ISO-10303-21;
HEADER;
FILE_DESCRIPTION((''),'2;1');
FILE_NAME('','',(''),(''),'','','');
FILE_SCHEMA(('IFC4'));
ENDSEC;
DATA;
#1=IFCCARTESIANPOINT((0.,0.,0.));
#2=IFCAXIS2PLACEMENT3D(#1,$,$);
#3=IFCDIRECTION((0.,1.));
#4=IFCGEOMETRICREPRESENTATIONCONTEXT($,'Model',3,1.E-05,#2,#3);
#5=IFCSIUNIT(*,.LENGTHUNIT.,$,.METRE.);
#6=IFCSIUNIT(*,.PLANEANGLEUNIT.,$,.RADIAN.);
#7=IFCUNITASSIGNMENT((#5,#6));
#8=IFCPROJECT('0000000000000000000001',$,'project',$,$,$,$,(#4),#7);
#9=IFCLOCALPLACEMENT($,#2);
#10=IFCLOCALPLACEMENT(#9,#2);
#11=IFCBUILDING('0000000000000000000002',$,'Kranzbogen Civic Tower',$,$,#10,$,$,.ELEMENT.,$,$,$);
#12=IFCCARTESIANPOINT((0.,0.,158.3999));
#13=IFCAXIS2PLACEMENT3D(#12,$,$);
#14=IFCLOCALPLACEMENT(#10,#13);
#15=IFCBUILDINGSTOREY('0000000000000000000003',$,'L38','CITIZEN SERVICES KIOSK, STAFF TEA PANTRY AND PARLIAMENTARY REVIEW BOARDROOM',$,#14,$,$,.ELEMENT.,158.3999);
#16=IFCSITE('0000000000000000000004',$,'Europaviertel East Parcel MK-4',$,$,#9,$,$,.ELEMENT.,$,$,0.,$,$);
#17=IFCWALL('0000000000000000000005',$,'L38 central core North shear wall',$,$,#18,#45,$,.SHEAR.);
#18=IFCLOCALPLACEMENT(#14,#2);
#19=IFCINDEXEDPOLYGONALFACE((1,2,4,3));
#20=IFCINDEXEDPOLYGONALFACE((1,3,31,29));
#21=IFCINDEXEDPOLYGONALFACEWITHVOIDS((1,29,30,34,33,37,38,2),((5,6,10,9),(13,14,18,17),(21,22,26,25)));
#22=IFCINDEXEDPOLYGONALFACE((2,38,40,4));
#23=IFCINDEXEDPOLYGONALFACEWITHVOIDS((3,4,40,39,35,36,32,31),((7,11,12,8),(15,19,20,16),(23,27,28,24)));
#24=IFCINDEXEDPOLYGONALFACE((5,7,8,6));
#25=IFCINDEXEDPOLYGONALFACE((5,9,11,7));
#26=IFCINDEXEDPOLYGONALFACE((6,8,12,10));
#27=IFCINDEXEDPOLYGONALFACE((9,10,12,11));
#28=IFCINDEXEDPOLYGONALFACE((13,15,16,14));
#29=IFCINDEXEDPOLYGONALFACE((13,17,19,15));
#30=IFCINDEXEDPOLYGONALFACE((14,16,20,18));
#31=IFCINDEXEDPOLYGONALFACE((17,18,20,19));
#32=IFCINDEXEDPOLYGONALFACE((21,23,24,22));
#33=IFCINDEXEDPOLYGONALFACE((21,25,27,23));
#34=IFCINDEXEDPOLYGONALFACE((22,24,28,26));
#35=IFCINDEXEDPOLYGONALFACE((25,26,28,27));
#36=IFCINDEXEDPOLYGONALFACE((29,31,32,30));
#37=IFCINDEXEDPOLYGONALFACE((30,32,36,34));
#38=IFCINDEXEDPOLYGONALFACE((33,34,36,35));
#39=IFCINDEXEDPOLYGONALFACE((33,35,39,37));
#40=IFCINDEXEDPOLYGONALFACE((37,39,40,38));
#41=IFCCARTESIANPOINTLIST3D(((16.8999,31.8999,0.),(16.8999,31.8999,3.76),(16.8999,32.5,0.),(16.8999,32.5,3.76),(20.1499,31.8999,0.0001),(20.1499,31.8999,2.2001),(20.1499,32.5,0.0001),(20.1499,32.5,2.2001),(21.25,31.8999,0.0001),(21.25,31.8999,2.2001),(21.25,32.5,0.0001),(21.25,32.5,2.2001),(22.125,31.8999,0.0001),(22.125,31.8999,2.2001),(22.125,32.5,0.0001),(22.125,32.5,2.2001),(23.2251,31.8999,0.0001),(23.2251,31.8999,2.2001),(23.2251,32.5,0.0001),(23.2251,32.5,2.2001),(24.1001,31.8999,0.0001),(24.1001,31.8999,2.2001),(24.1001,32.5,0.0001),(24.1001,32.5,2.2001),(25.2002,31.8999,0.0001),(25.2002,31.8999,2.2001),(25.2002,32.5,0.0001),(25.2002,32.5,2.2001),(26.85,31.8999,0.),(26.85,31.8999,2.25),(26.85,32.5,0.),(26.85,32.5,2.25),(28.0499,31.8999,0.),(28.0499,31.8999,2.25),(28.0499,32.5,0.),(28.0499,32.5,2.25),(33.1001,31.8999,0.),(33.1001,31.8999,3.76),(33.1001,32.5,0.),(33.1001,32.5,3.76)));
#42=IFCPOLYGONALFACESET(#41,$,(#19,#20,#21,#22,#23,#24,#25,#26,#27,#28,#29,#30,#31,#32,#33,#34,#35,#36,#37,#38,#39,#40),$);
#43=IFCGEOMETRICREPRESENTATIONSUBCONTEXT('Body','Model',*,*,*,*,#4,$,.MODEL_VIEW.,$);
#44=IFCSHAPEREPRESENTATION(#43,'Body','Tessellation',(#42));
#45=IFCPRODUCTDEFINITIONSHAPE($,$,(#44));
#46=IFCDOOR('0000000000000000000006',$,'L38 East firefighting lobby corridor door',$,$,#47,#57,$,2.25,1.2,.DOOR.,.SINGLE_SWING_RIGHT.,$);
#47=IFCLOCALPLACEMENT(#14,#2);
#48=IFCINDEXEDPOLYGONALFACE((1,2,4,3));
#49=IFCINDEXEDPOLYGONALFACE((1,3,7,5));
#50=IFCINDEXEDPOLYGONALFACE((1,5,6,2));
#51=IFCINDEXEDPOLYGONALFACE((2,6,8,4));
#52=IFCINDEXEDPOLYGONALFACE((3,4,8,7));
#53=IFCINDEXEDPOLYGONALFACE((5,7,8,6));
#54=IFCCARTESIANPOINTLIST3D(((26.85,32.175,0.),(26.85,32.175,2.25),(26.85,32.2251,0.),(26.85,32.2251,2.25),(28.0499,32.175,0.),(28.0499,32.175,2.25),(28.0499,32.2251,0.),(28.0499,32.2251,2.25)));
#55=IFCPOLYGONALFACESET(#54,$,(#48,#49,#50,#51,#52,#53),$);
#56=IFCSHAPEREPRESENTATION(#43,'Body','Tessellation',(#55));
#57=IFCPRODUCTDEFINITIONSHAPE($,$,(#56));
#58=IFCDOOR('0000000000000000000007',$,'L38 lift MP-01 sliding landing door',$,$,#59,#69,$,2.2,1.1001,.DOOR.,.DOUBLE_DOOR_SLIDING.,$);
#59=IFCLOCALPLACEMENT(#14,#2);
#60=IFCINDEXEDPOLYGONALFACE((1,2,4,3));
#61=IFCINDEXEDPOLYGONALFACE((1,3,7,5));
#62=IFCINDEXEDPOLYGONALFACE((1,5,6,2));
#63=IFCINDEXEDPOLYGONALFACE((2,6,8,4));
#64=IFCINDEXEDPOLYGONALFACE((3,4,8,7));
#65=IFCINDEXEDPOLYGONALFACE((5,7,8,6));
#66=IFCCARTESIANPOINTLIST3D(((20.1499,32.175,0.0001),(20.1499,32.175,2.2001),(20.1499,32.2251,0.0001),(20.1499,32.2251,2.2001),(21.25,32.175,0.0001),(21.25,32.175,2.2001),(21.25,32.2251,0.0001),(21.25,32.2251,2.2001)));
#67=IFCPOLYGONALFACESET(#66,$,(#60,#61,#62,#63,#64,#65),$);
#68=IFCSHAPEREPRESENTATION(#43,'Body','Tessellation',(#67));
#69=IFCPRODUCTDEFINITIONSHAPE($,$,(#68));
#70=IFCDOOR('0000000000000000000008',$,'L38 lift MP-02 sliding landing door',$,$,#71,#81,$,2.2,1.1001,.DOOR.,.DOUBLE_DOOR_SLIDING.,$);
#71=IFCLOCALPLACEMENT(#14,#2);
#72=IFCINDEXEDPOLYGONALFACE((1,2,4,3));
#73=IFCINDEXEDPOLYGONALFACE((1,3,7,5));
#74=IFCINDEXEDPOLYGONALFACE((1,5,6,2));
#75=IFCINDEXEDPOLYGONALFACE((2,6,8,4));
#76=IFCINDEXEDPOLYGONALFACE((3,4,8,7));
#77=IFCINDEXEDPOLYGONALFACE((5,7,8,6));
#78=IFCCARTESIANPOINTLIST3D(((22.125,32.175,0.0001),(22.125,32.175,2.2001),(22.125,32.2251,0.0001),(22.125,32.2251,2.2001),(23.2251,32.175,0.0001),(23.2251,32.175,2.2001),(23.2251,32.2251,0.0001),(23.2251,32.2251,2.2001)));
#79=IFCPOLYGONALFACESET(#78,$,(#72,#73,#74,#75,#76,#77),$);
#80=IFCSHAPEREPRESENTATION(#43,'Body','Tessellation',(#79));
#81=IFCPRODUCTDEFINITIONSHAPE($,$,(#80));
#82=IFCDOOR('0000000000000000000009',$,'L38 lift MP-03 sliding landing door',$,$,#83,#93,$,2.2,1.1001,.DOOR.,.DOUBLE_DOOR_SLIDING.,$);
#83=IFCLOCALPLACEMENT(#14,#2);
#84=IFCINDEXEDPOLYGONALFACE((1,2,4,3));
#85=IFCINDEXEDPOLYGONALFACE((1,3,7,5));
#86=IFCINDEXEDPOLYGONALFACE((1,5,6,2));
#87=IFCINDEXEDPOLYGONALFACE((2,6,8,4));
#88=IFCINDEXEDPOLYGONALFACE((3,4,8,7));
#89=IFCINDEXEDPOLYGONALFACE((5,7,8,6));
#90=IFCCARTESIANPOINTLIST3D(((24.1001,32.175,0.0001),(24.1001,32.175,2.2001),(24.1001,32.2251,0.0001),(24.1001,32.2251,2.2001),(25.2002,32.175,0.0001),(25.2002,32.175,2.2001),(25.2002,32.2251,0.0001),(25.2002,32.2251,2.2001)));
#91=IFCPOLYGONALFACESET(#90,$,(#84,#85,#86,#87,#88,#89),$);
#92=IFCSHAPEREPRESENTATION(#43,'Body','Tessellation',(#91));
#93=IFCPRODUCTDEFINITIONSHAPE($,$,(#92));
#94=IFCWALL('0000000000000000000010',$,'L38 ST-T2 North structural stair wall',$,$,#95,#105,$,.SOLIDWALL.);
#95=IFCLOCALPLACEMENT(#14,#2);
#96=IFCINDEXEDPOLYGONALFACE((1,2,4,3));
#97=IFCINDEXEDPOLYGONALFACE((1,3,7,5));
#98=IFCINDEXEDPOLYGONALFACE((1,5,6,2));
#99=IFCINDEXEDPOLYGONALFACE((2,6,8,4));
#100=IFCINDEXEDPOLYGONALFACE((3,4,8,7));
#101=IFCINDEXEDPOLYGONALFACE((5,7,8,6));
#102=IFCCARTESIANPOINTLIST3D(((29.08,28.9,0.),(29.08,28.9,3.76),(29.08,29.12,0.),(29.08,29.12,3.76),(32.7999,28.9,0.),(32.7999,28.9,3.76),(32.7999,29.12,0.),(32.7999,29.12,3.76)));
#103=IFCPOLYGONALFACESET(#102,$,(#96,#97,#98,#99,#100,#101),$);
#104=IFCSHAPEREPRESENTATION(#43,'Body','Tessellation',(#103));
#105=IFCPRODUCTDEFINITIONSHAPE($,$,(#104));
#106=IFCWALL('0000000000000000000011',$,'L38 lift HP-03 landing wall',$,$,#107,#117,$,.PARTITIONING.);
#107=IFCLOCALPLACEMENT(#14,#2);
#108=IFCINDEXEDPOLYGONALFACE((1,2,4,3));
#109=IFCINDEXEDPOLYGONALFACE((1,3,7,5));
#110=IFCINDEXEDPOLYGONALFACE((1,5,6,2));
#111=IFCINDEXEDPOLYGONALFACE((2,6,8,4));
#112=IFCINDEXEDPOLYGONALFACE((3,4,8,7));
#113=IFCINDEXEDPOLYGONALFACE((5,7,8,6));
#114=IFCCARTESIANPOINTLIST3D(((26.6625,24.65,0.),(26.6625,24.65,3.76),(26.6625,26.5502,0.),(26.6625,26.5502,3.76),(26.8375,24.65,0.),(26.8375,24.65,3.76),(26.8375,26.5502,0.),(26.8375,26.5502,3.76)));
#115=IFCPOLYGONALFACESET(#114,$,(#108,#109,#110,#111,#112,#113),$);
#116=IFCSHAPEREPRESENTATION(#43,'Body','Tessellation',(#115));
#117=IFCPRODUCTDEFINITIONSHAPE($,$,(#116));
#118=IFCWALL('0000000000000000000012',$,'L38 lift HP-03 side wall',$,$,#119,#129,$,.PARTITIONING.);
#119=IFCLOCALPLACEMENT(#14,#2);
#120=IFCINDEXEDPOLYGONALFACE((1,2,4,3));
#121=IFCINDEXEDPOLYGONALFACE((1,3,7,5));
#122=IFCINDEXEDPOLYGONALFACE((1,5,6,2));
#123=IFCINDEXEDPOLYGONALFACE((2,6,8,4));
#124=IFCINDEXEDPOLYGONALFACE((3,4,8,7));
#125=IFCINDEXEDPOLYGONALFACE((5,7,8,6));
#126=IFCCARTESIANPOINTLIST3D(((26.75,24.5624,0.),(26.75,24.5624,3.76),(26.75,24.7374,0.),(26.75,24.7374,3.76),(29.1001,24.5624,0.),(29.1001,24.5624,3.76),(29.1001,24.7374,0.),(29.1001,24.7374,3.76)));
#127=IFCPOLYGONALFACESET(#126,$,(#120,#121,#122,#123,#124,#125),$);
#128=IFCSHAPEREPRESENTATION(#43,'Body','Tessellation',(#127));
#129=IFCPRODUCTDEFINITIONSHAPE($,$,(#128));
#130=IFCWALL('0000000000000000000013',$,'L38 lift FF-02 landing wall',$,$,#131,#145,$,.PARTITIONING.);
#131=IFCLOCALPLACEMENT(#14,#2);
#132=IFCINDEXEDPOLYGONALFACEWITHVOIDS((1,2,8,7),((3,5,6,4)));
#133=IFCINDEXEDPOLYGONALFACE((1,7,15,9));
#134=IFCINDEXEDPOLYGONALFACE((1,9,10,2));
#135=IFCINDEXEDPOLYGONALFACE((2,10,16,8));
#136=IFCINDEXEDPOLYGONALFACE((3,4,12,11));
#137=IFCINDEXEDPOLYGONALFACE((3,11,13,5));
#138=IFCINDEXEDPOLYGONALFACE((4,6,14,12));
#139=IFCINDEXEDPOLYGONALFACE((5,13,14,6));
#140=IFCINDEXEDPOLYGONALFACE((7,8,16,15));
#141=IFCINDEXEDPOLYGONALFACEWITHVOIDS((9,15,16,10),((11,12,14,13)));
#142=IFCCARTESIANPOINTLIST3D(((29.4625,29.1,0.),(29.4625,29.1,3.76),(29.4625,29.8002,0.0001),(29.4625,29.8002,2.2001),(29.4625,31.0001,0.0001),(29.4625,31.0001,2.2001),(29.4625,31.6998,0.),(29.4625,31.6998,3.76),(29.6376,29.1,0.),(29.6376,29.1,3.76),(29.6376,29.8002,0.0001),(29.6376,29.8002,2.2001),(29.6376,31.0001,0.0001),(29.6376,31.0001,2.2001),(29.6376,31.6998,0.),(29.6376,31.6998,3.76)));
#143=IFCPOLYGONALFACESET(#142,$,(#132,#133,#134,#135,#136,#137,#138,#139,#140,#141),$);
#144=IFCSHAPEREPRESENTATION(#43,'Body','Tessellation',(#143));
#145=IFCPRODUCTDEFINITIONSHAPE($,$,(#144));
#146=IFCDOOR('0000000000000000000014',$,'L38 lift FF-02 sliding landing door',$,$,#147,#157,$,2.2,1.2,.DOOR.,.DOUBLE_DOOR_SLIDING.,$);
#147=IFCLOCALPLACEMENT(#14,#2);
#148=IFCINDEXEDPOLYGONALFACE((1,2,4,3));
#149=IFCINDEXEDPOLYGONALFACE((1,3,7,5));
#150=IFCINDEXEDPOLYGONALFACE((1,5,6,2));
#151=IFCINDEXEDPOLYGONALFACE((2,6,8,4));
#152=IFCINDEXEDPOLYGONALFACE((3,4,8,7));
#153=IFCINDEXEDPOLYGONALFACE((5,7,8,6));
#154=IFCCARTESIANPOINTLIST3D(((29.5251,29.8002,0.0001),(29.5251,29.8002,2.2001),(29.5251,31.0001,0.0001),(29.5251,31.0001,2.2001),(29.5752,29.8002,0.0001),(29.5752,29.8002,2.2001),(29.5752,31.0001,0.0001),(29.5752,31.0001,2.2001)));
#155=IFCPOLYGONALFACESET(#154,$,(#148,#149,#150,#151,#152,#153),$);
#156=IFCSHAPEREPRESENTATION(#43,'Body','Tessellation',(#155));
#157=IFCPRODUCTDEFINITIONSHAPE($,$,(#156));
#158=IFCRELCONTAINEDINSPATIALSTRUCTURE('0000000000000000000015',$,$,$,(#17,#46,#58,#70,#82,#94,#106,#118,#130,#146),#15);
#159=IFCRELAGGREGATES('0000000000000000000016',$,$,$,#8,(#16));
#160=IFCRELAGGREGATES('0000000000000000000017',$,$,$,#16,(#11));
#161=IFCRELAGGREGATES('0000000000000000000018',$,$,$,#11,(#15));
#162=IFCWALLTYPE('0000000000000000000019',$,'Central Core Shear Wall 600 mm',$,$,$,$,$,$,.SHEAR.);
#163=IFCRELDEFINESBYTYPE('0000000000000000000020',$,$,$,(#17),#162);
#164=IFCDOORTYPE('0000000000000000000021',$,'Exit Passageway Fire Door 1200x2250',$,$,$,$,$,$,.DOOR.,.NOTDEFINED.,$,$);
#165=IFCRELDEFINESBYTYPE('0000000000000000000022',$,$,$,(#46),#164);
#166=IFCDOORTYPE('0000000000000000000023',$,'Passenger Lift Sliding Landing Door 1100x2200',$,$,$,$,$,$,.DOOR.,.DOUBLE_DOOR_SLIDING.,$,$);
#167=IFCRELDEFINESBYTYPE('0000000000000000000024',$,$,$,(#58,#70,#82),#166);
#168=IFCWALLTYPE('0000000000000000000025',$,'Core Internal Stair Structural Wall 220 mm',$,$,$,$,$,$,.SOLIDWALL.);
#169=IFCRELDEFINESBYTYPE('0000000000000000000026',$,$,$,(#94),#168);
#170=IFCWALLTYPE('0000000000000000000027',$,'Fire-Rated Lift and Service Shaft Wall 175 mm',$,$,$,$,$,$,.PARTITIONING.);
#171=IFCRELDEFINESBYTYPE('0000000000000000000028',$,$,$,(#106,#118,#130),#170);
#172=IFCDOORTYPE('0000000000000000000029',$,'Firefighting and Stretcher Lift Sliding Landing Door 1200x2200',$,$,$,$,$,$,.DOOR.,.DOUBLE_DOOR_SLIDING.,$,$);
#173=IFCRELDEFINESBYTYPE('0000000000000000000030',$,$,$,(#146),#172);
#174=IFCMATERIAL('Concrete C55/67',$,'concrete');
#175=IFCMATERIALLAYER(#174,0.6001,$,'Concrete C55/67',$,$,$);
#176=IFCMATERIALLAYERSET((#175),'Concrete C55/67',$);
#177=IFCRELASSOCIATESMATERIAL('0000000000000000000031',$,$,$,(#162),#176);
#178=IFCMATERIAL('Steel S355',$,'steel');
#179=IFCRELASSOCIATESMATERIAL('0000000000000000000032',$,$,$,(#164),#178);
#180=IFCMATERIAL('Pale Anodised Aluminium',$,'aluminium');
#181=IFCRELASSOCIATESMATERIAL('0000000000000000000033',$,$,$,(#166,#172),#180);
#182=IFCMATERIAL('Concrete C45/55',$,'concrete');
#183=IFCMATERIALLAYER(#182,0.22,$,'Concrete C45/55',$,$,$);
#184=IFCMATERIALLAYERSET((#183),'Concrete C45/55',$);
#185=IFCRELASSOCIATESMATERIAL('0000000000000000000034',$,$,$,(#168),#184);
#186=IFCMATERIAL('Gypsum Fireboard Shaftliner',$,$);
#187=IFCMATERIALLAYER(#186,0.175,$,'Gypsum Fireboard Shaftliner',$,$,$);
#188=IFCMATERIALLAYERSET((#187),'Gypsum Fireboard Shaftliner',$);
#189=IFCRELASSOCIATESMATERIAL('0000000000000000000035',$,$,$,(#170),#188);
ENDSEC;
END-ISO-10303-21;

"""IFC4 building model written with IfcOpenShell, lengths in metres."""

from ifc_helpers import new_model, si_unit, direction, frame, frame_2d, origin, place, context, subcontext, project, spatial, rectangle, extrude, material, layer, layer_set, type_object, element, fill, save


model = new_model("IFC4")

# Units and contexts
model_context = context("Model", 3, precision=1e-05, world=origin(), true_north=direction((0.0, 1.0)))
body_context = subcontext(model_context, "Body", "Model", "MODEL_VIEW")
ifc_project = project(units=[si_unit("LENGTHUNIT", "METRE"), si_unit("PLANEANGLEUNIT", "RADIAN")], contexts=[model_context])

# Site, building, storey
site_placement = place(None, origin())
site = spatial("IfcSite", under=ifc_project, at=site_placement, Name="Europaviertel East Parcel MK-4", CompositionType="ELEMENT", RefElevation=0.0)
building_placement = place(site_placement, origin())
building = spatial("IfcBuilding", under=site, at=building_placement, Name="Kranzbogen Civic Tower", CompositionType="ELEMENT")
storey_placement = place(building_placement, frame((0.0, 0.0, 158.3999)))
storey = spatial("IfcBuildingStorey", under=building, at=storey_placement, Name="L38", Description="CITIZEN SERVICES KIOSK, STAFF TEA PANTRY AND PARLIAMENTARY REVIEW BOARDROOM", CompositionType="ELEMENT", Elevation=158.3999)

# Shared definitions
ifc_material_1 = material(Name="Steel S355", Category="steel")

# Wall, openings, doors
ifc_material_2 = material(Name="Concrete C55/67", Category="concrete")
ifc_layer_1 = layer(ifc_material_2, 0.6001, Name="Concrete C55/67")
ifc_layer_set_1 = layer_set([ifc_layer_1], Name="Concrete C55/67")
wall_type_1 = type_object("IfcWallType", Name="Central Core Shear Wall 600 mm", PredefinedType="SHEAR", material=ifc_layer_set_1)
wall_1_placement = place(storey_placement, frame((33.1001, 32.2, 0.0), z_axis=(0.0, 0.0, 1.0), x_axis=(-1.0, 0.0, 0.0)))
wall_1 = element("IfcWall", 1, at=wall_1_placement, inside=storey, type_object=wall_type_1, Name="L38 central core North shear wall", PredefinedType="SHEAR", context=body_context, shape_type="SweptSolid", body=[
    extrude(rectangle(XDim=16.2002, YDim=0.6001, at=frame_2d((8.1001, 0.0))), origin(), (0.0, 0.0, 1.0), 3.76),
])
opening_1_placement = place(wall_1_placement, frame((5.05, 0.0, 0.0)))
opening_1 = element("IfcOpeningElement", 2, at=opening_1_placement, cuts=wall_1, PredefinedType="OPENING", context=body_context, shape_type="SweptSolid", body=[
    extrude(rectangle(XDim=1.2, YDim=2.25, at=frame_2d((0.6001, 1.125))), frame((0.0, 0.3101, 0.0), z_axis=(0.0, -1.0, 0.0), x_axis=(1.0, 0.0, 0.0)), (0.0, 0.0, 1.0), 0.6201),
])
opening_2_placement = place(wall_1_placement, frame((11.8501, 0.0, 0.0)))
opening_2 = element("IfcOpeningElement", 3, at=opening_2_placement, cuts=wall_1, PredefinedType="OPENING", context=body_context, shape_type="SweptSolid", body=[
    extrude(rectangle(XDim=1.1001, YDim=2.2, at=frame_2d((0.55, 1.1001))), frame((0.0, 0.3101, 0.0), z_axis=(0.0, -1.0, 0.0), x_axis=(1.0, 0.0, 0.0)), (0.0, 0.0, 1.0), 0.6201),
])
opening_3_placement = place(wall_1_placement, frame((9.875, 0.0, 0.0)))
opening_3 = element("IfcOpeningElement", 4, at=opening_3_placement, cuts=wall_1, PredefinedType="OPENING", context=body_context, shape_type="SweptSolid", body=[
    extrude(rectangle(XDim=1.1001, YDim=2.2, at=frame_2d((0.55, 1.1001))), frame((0.0, 0.3101, 0.0), z_axis=(0.0, -1.0, 0.0), x_axis=(1.0, 0.0, 0.0)), (0.0, 0.0, 1.0), 0.6201),
])
opening_4_placement = place(wall_1_placement, frame((7.8999, 0.0, 0.0)))
opening_4 = element("IfcOpeningElement", 5, at=opening_4_placement, cuts=wall_1, PredefinedType="OPENING", context=body_context, shape_type="SweptSolid", body=[
    extrude(rectangle(XDim=1.1001, YDim=2.2, at=frame_2d((0.55, 1.1001))), frame((0.0, 0.3101, 0.0), z_axis=(0.0, -1.0, 0.0), x_axis=(1.0, 0.0, 0.0)), (0.0, 0.0, 1.0), 0.6201),
])
door_type_1 = type_object("IfcDoorType", Name="Exit Passageway Fire Door 1200x2250", OperationType="NOTDEFINED", PredefinedType="DOOR", material=ifc_material_1)
door_1_placement = place(opening_1_placement, origin())
door_1 = element("IfcDoor", 6, at=door_1_placement, inside=storey, type_object=door_type_1, Name="L38 East firefighting lobby corridor door", OperationType="SINGLE_SWING_RIGHT", OverallHeight=2.25, OverallWidth=1.2, PredefinedType="DOOR", context=body_context, shape_type="SweptSolid", body=[
    extrude(rectangle(XDim=1.2, YDim=2.25, at=frame_2d((0.6001, 1.125))), frame((0.0, 0.0249, 0.0), z_axis=(0.0, -1.0, 0.0), x_axis=(1.0, 0.0, 0.0)), (0.0, 0.0, 1.0), 0.05),
])
fill(opening_1, door_1)
ifc_material_3 = material(Name="Pale Anodised Aluminium", Category="aluminium")
door_type_2 = type_object("IfcDoorType", Name="Passenger Lift Sliding Landing Door 1100x2200", OperationType="DOUBLE_DOOR_SLIDING", PredefinedType="DOOR", material=ifc_material_3)
door_2_placement = place(opening_2_placement, origin())
door_2 = element("IfcDoor", 7, at=door_2_placement, inside=storey, type_object=door_type_2, Name="L38 lift MP-01 sliding landing door", OperationType="DOUBLE_DOOR_SLIDING", OverallHeight=2.2, OverallWidth=1.1001, PredefinedType="DOOR", context=body_context, shape_type="SweptSolid", body=[
    extrude(rectangle(XDim=1.1001, YDim=2.2, at=frame_2d((0.55, 1.1001))), frame((0.0, 0.0249, 0.0), z_axis=(0.0, -1.0, 0.0), x_axis=(1.0, 0.0, 0.0)), (0.0, 0.0, 1.0), 0.05),
])
fill(opening_2, door_2)
door_3_placement = place(opening_3_placement, origin())
door_3 = element("IfcDoor", 8, at=door_3_placement, inside=storey, type_object=door_type_2, Name="L38 lift MP-02 sliding landing door", OperationType="DOUBLE_DOOR_SLIDING", OverallHeight=2.2, OverallWidth=1.1001, PredefinedType="DOOR", context=body_context, shape_type="SweptSolid", body=[
    extrude(rectangle(XDim=1.1001, YDim=2.2, at=frame_2d((0.55, 1.1001))), frame((0.0, 0.0249, 0.0), z_axis=(0.0, -1.0, 0.0), x_axis=(1.0, 0.0, 0.0)), (0.0, 0.0, 1.0), 0.05),
])
fill(opening_3, door_3)
door_4_placement = place(opening_4_placement, origin())
door_4 = element("IfcDoor", 9, at=door_4_placement, inside=storey, type_object=door_type_2, Name="L38 lift MP-03 sliding landing door", OperationType="DOUBLE_DOOR_SLIDING", OverallHeight=2.2, OverallWidth=1.1001, PredefinedType="DOOR", context=body_context, shape_type="SweptSolid", body=[
    extrude(rectangle(XDim=1.1001, YDim=2.2, at=frame_2d((0.55, 1.1001))), frame((0.0, 0.0249, 0.0), z_axis=(0.0, -1.0, 0.0), x_axis=(1.0, 0.0, 0.0)), (0.0, 0.0, 1.0), 0.05),
])
fill(opening_4, door_4)

# Walls
ifc_material_4 = material(Name="Concrete C45/55", Category="concrete")
ifc_layer_2 = layer(ifc_material_4, 0.22, Name="Concrete C45/55")
ifc_layer_set_2 = layer_set([ifc_layer_2], Name="Concrete C45/55")
wall_type_2 = type_object("IfcWallType", Name="Core Internal Stair Structural Wall 220 mm", PredefinedType="SOLIDWALL", material=ifc_layer_set_2)
wall_2_placement = place(storey_placement, frame((29.0801, 29.01, 0.0), z_axis=(0.0, 0.0, 1.0), x_axis=(1.0, 0.0, 0.0)))
element("IfcWall", 10, at=wall_2_placement, inside=storey, type_object=wall_type_2, Name="L38 ST-T2 North structural stair wall", PredefinedType="SOLIDWALL", context=body_context, shape_type="SweptSolid", body=[
    extrude(rectangle(XDim=3.72, YDim=0.22, at=frame_2d((1.8599, 0.0))), origin(), (0.0, 0.0, 1.0), 3.76),
])
ifc_material_5 = material(Name="Gypsum Fireboard Shaftliner")
ifc_layer_3 = layer(ifc_material_5, 0.175, Name="Gypsum Fireboard Shaftliner")
ifc_layer_set_3 = layer_set([ifc_layer_3], Name="Gypsum Fireboard Shaftliner")
wall_type_3 = type_object("IfcWallType", Name="Fire-Rated Lift and Service Shaft Wall 175 mm", PredefinedType="PARTITIONING", material=ifc_layer_set_3)
wall_3_placement = place(storey_placement, frame((26.75, 24.6499, 0.0), z_axis=(0.0, 0.0, 1.0), x_axis=(0.0, 1.0, 0.0)))
element("IfcWall", 11, at=wall_3_placement, inside=storey, type_object=wall_type_3, Name="L38 lift HP-03 landing wall", PredefinedType="PARTITIONING", context=body_context, shape_type="SweptSolid", body=[
    extrude(rectangle(XDim=1.9001, YDim=0.175, at=frame_2d((0.9502, 0.0))), origin(), (0.0, 0.0, 1.0), 3.76),
])
wall_4_placement = place(storey_placement, frame((26.75, 24.6499, 0.0), z_axis=(0.0, 0.0, 1.0), x_axis=(1.0, 0.0, 0.0)))
element("IfcWall", 12, at=wall_4_placement, inside=storey, type_object=wall_type_3, Name="L38 lift HP-03 side wall", PredefinedType="PARTITIONING", context=body_context, shape_type="SweptSolid", body=[
    extrude(rectangle(XDim=2.3501, YDim=0.175, at=frame_2d((1.175, 0.0))), origin(), (0.0, 0.0, 1.0), 3.76),
])

# Wall, opening, door
wall_5_placement = place(storey_placement, frame((29.55, 29.1001, 0.0), z_axis=(0.0, 0.0, 1.0), x_axis=(0.0, 1.0, 0.0)))
wall_5 = element("IfcWall", 13, at=wall_5_placement, inside=storey, type_object=wall_type_3, Name="L38 lift FF-02 landing wall", PredefinedType="PARTITIONING", context=body_context, shape_type="SweptSolid", body=[
    extrude(rectangle(XDim=2.5999, YDim=0.175, at=frame_2d((1.2998, 0.0))), origin(), (0.0, 0.0, 1.0), 3.76),
])
opening_5_placement = place(wall_5_placement, frame((0.7, 0.0, 0.0)))
opening_5 = element("IfcOpeningElement", 14, at=opening_5_placement, cuts=wall_5, PredefinedType="OPENING", context=body_context, shape_type="SweptSolid", body=[
    extrude(rectangle(XDim=1.2, YDim=2.2, at=frame_2d((0.6001, 1.1001))), frame((0.0, 0.0977, 0.0), z_axis=(0.0, -1.0, 0.0), x_axis=(1.0, 0.0, 0.0)), (0.0, 0.0, 1.0), 0.1951),
])
door_type_3 = type_object("IfcDoorType", Name="Firefighting and Stretcher Lift Sliding Landing Door 1200x2200", OperationType="DOUBLE_DOOR_SLIDING", PredefinedType="DOOR", material=ifc_material_3)
door_5_placement = place(opening_5_placement, origin())
door_5 = element("IfcDoor", 15, at=door_5_placement, inside=storey, type_object=door_type_3, Name="L38 lift FF-02 sliding landing door", OperationType="DOUBLE_DOOR_SLIDING", OverallHeight=2.2, OverallWidth=1.2, PredefinedType="DOOR", context=body_context, shape_type="SweptSolid", body=[
    extrude(rectangle(XDim=1.2, YDim=2.2, at=frame_2d((0.6001, 1.1001))), frame((0.0, 0.0249, 0.0), z_axis=(0.0, -1.0, 0.0), x_axis=(1.0, 0.0, 0.0)), (0.0, 0.0, 1.0), 0.05),
])
fill(opening_5, door_5)

save(model, "model.ifc")
